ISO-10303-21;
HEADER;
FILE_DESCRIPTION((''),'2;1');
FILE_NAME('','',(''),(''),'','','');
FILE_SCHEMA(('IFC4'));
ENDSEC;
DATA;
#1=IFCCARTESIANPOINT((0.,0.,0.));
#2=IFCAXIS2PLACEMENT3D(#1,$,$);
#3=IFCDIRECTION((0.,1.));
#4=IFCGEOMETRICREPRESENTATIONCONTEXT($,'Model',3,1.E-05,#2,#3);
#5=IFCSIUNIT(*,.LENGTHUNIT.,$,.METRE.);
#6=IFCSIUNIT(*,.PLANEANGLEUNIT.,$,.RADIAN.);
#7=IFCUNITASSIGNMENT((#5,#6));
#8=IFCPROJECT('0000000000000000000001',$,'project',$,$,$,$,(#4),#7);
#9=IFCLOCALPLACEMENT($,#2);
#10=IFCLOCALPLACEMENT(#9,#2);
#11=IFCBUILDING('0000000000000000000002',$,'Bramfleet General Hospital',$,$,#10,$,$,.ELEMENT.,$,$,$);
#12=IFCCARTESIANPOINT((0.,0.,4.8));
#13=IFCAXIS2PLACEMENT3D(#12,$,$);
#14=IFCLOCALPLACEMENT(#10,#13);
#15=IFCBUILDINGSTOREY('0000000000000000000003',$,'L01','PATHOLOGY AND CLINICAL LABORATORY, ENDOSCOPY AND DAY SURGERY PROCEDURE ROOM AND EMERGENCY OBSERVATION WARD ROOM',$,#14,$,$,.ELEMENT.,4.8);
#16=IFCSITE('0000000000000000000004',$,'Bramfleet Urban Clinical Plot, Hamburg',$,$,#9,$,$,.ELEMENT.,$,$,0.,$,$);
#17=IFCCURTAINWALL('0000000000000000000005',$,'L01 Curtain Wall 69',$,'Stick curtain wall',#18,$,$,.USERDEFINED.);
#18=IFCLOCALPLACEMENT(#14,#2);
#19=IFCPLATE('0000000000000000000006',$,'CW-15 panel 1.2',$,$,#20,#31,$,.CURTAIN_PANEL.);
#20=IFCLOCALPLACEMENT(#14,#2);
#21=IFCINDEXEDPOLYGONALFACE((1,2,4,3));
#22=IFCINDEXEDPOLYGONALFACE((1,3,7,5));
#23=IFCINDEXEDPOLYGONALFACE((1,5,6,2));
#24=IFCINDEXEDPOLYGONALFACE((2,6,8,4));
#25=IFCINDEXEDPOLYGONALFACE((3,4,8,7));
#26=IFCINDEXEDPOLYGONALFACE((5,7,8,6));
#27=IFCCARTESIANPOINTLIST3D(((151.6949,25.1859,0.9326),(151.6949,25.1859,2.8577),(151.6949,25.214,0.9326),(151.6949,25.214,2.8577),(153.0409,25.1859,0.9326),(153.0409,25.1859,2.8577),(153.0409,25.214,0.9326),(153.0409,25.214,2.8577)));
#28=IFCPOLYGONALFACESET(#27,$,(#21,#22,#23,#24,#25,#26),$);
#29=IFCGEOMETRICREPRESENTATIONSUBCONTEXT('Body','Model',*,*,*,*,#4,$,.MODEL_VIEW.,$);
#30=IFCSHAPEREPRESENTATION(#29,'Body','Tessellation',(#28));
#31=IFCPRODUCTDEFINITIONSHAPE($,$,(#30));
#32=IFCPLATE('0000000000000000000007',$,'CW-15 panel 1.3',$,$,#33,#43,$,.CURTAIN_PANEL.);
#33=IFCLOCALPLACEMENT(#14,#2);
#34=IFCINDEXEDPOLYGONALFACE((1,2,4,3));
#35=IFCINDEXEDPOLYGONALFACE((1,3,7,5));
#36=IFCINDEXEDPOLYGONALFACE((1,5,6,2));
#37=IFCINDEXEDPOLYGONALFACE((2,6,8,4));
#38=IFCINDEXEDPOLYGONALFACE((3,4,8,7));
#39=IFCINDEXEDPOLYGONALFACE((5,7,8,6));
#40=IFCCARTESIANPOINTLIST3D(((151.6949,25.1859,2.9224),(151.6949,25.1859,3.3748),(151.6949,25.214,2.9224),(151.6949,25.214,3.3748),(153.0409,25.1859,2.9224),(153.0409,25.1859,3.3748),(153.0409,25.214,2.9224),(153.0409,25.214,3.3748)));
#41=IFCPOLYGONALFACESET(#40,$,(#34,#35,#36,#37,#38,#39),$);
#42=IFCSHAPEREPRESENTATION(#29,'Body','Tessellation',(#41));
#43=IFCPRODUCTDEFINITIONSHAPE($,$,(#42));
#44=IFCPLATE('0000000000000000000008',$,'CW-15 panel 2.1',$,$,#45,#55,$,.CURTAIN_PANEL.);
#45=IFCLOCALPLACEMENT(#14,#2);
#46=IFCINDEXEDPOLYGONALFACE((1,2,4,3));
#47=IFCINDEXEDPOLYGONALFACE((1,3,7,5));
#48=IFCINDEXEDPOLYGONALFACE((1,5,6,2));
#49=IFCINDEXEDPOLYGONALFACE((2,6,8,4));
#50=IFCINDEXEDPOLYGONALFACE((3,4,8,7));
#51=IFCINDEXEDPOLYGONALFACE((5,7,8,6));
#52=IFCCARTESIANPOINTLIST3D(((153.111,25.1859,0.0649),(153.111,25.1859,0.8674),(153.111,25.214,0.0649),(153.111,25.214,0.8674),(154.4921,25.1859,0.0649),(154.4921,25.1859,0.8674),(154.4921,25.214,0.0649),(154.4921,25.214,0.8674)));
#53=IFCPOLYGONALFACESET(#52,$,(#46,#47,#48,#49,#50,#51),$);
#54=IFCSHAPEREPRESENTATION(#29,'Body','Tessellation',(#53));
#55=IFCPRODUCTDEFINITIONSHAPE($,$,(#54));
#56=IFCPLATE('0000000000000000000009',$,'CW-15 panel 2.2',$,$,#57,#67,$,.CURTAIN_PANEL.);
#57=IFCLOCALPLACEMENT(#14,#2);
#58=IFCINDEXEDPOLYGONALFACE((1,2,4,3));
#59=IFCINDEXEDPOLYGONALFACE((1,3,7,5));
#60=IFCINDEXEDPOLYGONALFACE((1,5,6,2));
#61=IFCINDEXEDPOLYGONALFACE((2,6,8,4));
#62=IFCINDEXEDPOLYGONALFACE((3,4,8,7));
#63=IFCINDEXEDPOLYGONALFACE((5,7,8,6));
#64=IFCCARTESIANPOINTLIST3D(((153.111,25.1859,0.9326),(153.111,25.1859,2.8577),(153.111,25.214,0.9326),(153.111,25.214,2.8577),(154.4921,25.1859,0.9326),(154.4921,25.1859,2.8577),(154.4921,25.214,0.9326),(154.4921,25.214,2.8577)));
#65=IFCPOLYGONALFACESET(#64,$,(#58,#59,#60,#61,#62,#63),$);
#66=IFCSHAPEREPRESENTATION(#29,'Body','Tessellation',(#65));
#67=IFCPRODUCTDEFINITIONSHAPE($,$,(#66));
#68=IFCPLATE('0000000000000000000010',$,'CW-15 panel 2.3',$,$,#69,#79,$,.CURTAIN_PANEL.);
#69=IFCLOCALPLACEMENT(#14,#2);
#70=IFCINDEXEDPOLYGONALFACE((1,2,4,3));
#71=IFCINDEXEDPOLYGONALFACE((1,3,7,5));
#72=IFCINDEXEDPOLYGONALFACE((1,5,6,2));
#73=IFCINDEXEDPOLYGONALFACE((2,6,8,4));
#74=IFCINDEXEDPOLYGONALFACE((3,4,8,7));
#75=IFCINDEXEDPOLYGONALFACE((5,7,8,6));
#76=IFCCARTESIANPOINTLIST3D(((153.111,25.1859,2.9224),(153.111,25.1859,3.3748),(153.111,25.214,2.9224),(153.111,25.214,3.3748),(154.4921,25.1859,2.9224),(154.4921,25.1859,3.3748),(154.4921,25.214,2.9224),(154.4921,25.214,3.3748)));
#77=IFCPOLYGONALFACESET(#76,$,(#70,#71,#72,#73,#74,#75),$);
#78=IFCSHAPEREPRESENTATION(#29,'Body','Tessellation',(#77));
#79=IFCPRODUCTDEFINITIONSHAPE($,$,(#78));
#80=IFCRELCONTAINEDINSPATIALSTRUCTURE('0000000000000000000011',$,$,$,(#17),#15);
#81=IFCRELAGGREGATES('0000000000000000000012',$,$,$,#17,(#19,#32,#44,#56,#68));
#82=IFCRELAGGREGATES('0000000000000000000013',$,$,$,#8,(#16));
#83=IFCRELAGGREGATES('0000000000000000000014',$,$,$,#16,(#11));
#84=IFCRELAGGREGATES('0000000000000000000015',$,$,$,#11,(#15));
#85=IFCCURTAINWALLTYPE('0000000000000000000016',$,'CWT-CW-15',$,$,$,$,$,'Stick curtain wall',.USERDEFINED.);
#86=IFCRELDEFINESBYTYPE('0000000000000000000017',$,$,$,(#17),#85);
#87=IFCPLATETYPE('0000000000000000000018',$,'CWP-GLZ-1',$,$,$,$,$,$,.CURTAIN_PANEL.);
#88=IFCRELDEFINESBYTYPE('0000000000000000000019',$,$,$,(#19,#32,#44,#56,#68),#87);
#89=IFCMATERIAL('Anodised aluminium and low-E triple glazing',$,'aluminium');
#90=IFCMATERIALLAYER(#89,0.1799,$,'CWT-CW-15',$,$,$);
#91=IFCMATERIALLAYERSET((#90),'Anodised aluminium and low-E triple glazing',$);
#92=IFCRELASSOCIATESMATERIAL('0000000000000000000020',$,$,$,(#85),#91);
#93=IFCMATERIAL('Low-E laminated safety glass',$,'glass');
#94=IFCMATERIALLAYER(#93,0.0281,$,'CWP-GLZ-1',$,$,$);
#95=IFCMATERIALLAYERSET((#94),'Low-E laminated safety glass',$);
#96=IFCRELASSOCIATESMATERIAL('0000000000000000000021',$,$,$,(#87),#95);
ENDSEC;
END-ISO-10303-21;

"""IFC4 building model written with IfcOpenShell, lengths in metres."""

from ifc_helpers import new_model, si_unit, direction, frame, origin, origin_2d, place, context, subcontext, project, spatial, rectangle, extrude, material, layer, layer_set, type_object, element, aggregate, save


model = new_model("IFC4")

# Units and contexts
model_context = context("Model", 3, precision=1e-05, world=origin(), true_north=direction((0.0, 1.0)))
body_context = subcontext(model_context, "Body", "Model", "MODEL_VIEW")
ifc_project = project(units=[si_unit("LENGTHUNIT", "METRE"), si_unit("PLANEANGLEUNIT", "RADIAN")], contexts=[model_context])

# Site, building, storey
site_placement = place(None, origin())
site = spatial("IfcSite", under=ifc_project, at=site_placement, Name="Bramfleet Urban Clinical Plot, Hamburg", CompositionType="ELEMENT", RefElevation=0.0)
building_placement = place(site_placement, origin())
building = spatial("IfcBuilding", under=site, at=building_placement, Name="Bramfleet General Hospital", CompositionType="ELEMENT")
storey_placement = place(building_placement, frame((0.0, 0.0, 4.8)))
storey = spatial("IfcBuildingStorey", under=building, at=storey_placement, Name="L01", Description="PATHOLOGY AND CLINICAL LABORATORY, ENDOSCOPY AND DAY SURGERY PROCEDURE ROOM AND EMERGENCY OBSERVATION WARD ROOM", CompositionType="ELEMENT", Elevation=4.8)

# Curtain wall, plates
ifc_material_1 = material(Name="Anodised aluminium and low-E triple glazing", Category="aluminium")
ifc_layer_1 = layer(ifc_material_1, 0.1799, Name="CWT-CW-15")
ifc_layer_set_1 = layer_set([ifc_layer_1], Name="Anodised aluminium and low-E triple glazing")
curtain_wall_type = type_object("IfcCurtainWallType", Name="CWT-CW-15", ElementType="Stick curtain wall", PredefinedType="USERDEFINED", material=ifc_layer_set_1)
curtain_wall_placement = place(storey_placement, origin())
curtain_wall = element("IfcCurtainWall", 1, at=curtain_wall_placement, inside=storey, type_object=curtain_wall_type, Name="L01 Curtain Wall 69", ObjectType="Stick curtain wall", PredefinedType="USERDEFINED")
ifc_material_2 = material(Name="Low-E laminated safety glass", Category="glass")
ifc_layer_2 = layer(ifc_material_2, 0.0281, Name="CWP-GLZ-1")
ifc_layer_set_2 = layer_set([ifc_layer_2], Name="Low-E laminated safety glass")
plate_type = type_object("IfcPlateType", Name="CWP-GLZ-1", PredefinedType="CURTAIN_PANEL", material=ifc_layer_set_2)
plate_1_placement = place(storey_placement, frame((152.3679, 25.2, 0.9326), z_axis=(0.0, 0.0, 1.0), x_axis=(1.0, 0.0, 0.0)))
plate_1 = element("IfcPlate", 2, at=plate_1_placement, type_object=plate_type, Name="CW-15 panel 1.2", PredefinedType="CURTAIN_PANEL", context=body_context, shape_type="SweptSolid", body=[
    extrude(rectangle(XDim=1.3459, YDim=0.0281, at=origin_2d()), origin(), (0.0, 0.0, 1.0), 1.925),
])
plate_2_placement = place(storey_placement, frame((152.3679, 25.2, 2.9224), z_axis=(0.0, 0.0, 1.0), x_axis=(1.0, 0.0, 0.0)))
plate_2 = element("IfcPlate", 3, at=plate_2_placement, type_object=plate_type, Name="CW-15 panel 1.3", PredefinedType="CURTAIN_PANEL", context=body_context, shape_type="SweptSolid", body=[
    extrude(rectangle(XDim=1.3459, YDim=0.0281, at=origin_2d()), origin(), (0.0, 0.0, 1.0), 0.4524),
])
plate_3_placement = place(storey_placement, frame((153.8015, 25.2, 0.0649), z_axis=(0.0, 0.0, 1.0), x_axis=(1.0, 0.0, 0.0)))
plate_3 = element("IfcPlate", 4, at=plate_3_placement, type_object=plate_type, Name="CW-15 panel 2.1", PredefinedType="CURTAIN_PANEL", context=body_context, shape_type="SweptSolid", body=[
    extrude(rectangle(XDim=1.3811, YDim=0.0281, at=origin_2d()), origin(), (0.0, 0.0, 1.0), 0.8025),
])
plate_4_placement = place(storey_placement, frame((153.8015, 25.2, 0.9326), z_axis=(0.0, 0.0, 1.0), x_axis=(1.0, 0.0, 0.0)))
plate_4 = element("IfcPlate", 5, at=plate_4_placement, type_object=plate_type, Name="CW-15 panel 2.2", PredefinedType="CURTAIN_PANEL", context=body_context, shape_type="SweptSolid", body=[
    extrude(rectangle(XDim=1.3811, YDim=0.0281, at=origin_2d()), origin(), (0.0, 0.0, 1.0), 1.925),
])
plate_5_placement = place(storey_placement, frame((153.8015, 25.2, 2.9224), z_axis=(0.0, 0.0, 1.0), x_axis=(1.0, 0.0, 0.0)))
plate_5 = element("IfcPlate", 6, at=plate_5_placement, type_object=plate_type, Name="CW-15 panel 2.3", PredefinedType="CURTAIN_PANEL", context=body_context, shape_type="SweptSolid", body=[
    extrude(rectangle(XDim=1.3811, YDim=0.0281, at=origin_2d()), origin(), (0.0, 0.0, 1.0), 0.4524),
])
aggregate(curtain_wall, [plate_1, plate_2, plate_3, plate_4, plate_5])

save(model, "model.ifc")
